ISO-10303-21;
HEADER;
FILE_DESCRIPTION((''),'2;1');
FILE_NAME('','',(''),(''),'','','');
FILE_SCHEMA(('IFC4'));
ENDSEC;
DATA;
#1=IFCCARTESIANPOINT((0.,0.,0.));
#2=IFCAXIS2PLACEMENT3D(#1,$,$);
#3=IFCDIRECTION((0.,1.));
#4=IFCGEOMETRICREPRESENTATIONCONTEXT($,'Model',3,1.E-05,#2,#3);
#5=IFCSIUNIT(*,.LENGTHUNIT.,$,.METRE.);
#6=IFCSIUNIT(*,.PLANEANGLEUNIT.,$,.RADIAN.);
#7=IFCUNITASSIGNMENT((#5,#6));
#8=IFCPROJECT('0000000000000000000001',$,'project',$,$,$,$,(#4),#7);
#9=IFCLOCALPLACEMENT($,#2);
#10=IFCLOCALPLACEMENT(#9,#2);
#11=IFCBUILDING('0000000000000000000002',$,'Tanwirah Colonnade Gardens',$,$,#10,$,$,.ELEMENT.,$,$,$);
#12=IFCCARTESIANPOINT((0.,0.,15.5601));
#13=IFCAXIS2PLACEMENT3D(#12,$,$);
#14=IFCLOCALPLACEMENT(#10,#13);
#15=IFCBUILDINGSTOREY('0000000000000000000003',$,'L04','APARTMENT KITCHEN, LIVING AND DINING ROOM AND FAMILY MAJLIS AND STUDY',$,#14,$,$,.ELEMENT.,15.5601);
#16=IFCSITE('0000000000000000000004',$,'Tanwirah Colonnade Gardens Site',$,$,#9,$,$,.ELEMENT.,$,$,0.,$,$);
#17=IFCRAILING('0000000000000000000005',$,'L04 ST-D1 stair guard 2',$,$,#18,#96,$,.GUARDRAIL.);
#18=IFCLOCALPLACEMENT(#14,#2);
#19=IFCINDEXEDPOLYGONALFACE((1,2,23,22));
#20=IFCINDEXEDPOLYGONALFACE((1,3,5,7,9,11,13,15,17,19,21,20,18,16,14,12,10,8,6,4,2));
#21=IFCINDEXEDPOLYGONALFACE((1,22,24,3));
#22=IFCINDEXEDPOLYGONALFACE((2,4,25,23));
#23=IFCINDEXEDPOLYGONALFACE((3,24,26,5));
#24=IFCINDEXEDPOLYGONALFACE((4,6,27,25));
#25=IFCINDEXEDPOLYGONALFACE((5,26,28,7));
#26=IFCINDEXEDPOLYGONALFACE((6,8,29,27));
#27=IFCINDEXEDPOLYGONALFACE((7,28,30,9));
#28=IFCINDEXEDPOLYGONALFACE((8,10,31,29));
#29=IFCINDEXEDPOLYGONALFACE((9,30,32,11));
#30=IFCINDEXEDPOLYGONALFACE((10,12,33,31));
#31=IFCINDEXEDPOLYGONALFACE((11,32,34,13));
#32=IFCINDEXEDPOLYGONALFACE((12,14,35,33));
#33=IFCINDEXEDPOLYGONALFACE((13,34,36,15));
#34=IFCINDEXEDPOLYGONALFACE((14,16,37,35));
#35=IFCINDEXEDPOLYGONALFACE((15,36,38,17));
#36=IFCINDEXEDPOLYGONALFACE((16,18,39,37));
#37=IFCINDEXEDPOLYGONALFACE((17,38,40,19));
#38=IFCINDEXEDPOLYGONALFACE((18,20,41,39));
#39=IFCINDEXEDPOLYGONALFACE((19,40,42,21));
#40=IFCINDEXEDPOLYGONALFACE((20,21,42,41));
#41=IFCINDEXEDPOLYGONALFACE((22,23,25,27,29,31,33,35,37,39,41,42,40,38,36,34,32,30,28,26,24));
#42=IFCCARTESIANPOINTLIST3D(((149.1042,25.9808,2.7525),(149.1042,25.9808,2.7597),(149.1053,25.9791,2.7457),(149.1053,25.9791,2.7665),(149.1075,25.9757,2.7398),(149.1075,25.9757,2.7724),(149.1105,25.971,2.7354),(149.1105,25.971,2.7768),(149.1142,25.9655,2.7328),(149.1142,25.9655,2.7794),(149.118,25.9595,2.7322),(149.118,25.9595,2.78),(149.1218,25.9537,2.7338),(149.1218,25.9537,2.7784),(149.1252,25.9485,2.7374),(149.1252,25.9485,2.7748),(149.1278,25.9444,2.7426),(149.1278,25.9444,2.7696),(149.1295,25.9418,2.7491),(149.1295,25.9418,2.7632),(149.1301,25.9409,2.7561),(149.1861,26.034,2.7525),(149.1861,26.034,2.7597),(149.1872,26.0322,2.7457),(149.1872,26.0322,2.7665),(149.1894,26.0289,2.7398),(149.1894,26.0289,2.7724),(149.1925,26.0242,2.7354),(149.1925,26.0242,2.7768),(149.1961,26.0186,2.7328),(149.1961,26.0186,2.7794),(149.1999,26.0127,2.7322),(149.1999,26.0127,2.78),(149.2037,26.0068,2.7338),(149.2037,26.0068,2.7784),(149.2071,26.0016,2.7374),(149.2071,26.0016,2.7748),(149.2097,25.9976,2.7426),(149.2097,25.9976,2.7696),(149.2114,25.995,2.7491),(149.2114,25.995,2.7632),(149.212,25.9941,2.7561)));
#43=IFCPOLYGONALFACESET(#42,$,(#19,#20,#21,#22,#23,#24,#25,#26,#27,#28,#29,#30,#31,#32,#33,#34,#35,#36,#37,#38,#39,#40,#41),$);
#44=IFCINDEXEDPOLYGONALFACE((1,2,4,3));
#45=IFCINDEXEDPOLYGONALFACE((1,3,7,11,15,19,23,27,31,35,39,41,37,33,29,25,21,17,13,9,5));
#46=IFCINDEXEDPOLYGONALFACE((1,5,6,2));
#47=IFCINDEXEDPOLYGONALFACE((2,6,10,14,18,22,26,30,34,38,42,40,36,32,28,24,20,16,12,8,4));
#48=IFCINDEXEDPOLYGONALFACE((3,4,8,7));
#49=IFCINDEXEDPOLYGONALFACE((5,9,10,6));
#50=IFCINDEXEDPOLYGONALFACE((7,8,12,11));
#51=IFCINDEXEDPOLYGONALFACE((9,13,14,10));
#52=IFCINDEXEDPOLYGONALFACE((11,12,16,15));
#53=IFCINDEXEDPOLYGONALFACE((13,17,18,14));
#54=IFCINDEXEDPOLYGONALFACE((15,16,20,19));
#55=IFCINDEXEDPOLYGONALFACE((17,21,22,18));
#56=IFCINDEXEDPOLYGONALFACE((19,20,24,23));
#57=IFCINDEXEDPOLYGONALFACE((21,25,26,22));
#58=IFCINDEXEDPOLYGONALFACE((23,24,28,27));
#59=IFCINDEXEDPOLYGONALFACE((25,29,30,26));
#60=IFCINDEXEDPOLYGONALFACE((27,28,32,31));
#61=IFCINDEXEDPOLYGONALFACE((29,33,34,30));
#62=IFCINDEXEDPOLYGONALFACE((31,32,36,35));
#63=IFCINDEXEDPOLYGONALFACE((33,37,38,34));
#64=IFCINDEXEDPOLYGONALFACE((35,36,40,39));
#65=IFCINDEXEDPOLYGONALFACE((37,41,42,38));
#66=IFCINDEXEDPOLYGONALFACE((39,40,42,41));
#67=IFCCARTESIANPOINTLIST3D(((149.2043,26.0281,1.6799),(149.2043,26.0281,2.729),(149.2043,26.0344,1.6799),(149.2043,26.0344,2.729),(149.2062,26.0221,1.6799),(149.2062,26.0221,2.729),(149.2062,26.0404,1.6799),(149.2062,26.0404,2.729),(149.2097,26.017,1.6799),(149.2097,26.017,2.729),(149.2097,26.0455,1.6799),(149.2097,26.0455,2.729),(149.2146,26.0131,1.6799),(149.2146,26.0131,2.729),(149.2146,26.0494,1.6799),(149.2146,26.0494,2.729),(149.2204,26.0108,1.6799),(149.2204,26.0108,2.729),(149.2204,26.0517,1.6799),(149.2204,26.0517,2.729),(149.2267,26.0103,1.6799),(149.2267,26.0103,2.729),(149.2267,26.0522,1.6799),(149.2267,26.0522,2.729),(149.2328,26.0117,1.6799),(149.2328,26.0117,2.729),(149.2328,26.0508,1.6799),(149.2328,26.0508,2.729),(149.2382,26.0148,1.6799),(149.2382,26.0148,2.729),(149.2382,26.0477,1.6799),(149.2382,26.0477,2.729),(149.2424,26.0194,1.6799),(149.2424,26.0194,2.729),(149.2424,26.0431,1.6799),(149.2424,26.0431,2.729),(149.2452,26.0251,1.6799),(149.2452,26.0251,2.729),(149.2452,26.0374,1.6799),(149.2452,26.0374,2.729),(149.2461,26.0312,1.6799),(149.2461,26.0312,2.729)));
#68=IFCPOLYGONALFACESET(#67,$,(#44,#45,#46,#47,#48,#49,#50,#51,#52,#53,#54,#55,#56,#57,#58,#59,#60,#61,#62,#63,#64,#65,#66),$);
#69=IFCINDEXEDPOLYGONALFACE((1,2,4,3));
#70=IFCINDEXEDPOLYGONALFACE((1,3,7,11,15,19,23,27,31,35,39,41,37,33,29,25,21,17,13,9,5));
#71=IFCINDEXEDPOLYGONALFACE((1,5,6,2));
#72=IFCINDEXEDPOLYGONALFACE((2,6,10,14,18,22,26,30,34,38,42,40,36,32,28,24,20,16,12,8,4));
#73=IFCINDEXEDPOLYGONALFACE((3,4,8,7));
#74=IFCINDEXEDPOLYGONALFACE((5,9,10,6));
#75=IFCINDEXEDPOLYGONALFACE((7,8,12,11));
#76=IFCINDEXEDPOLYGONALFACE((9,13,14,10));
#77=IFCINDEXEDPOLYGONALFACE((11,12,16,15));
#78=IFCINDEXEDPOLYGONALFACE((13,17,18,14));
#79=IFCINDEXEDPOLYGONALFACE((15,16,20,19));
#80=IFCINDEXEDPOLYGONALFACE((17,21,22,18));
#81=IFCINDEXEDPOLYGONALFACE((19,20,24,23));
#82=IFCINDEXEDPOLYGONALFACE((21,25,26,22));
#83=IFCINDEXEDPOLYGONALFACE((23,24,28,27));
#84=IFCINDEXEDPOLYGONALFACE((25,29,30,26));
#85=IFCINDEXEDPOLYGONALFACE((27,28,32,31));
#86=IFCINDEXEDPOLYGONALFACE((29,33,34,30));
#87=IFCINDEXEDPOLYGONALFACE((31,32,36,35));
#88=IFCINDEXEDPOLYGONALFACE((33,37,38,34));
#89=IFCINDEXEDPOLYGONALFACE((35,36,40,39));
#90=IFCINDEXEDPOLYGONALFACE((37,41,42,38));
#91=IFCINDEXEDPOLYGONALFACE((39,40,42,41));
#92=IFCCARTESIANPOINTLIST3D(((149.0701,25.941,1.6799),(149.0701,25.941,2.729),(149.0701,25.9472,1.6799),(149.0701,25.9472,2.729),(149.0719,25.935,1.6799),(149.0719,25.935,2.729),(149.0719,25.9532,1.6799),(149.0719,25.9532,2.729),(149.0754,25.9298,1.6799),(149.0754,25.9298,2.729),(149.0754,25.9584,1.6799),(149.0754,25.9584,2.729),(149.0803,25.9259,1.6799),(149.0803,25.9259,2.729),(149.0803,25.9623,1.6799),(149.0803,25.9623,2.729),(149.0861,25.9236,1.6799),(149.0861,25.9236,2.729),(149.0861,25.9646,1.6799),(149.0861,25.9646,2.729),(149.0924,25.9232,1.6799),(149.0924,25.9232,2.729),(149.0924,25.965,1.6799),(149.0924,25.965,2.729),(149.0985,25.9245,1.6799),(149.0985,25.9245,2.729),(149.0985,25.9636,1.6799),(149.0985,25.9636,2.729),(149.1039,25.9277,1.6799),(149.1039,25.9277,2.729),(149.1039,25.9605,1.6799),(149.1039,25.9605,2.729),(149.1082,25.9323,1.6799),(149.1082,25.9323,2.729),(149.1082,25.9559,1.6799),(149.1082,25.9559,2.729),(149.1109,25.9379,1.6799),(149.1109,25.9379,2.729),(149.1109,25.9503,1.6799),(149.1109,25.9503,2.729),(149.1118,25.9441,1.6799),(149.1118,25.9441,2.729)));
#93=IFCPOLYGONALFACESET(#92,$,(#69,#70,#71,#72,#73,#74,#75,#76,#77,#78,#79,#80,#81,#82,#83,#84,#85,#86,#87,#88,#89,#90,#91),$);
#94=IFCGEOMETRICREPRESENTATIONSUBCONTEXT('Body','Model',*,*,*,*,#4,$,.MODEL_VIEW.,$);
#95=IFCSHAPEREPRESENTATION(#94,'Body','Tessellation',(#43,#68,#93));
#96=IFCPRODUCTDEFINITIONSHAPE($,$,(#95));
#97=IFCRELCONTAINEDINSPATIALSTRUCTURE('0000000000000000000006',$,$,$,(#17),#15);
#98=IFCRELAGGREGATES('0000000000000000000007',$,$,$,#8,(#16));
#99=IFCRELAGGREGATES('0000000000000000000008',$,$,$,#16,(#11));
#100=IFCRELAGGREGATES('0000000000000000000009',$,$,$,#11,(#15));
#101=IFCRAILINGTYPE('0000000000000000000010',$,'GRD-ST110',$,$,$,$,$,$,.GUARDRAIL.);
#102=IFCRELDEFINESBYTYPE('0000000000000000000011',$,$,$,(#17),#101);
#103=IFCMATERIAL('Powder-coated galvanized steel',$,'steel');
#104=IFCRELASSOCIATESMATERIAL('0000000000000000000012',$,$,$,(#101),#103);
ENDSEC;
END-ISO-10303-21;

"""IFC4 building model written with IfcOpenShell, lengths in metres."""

from ifc_helpers import new_model, si_unit, direction, frame, origin, origin_2d, place, context, subcontext, project, spatial, circle, extrude, material, type_object, element, save


model = new_model("IFC4")

# Units and contexts
model_context = context("Model", 3, precision=1e-05, world=origin(), true_north=direction((0.0, 1.0)))
body_context = subcontext(model_context, "Body", "Model", "MODEL_VIEW")
ifc_project = project(units=[si_unit("LENGTHUNIT", "METRE"), si_unit("PLANEANGLEUNIT", "RADIAN")], contexts=[model_context])

# Site, building, storey
site_placement = place(None, origin())
site = spatial("IfcSite", under=ifc_project, at=site_placement, Name="Tanwirah Colonnade Gardens Site", CompositionType="ELEMENT", RefElevation=0.0)
building_placement = place(site_placement, origin())
building = spatial("IfcBuilding", under=site, at=building_placement, Name="Tanwirah Colonnade Gardens", CompositionType="ELEMENT")
storey_placement = place(building_placement, frame((0.0, 0.0, 15.5601)))
storey = spatial("IfcBuildingStorey", under=building, at=storey_placement, Name="L04", Description="APARTMENT KITCHEN, LIVING AND DINING ROOM AND FAMILY MAJLIS AND STUDY", CompositionType="ELEMENT", Elevation=15.5601)

# Railing
ifc_material_1 = material(Name="Powder-coated galvanized steel", Category="steel")
railing_type_1 = type_object("IfcRailingType", Name="GRD-ST110", PredefinedType="GUARDRAIL", material=ifc_material_1)
railing_1_placement = place(storey_placement, frame((149.2251, 26.0312, 1.6799)))
element("IfcRailing", 1, at=railing_1_placement, inside=storey, type_object=railing_type_1, Name="L04 ST-D1 stair guard 2", PredefinedType="GUARDRAIL", context=body_context, shape_type="SweptSolid", body=[
    extrude(circle(Radius=0.0239, at=origin_2d()), frame((-0.0261, -0.0171, 1.0762), z_axis=(-0.838792, -0.544452, 0.0), x_axis=(0.544452, -0.838792, 0.0)), (0.0, 0.0, 1.0), 0.0977),
    extrude(circle(Radius=0.021, at=origin_2d()), origin(), (0.0, 0.0, 1.0), 1.0491),
    extrude(circle(Radius=0.021, at=origin_2d()), frame((-0.1343, -0.0872, 0.0)), (0.0, 0.0, 1.0), 1.0491),
])

save(model, "model.ifc")
